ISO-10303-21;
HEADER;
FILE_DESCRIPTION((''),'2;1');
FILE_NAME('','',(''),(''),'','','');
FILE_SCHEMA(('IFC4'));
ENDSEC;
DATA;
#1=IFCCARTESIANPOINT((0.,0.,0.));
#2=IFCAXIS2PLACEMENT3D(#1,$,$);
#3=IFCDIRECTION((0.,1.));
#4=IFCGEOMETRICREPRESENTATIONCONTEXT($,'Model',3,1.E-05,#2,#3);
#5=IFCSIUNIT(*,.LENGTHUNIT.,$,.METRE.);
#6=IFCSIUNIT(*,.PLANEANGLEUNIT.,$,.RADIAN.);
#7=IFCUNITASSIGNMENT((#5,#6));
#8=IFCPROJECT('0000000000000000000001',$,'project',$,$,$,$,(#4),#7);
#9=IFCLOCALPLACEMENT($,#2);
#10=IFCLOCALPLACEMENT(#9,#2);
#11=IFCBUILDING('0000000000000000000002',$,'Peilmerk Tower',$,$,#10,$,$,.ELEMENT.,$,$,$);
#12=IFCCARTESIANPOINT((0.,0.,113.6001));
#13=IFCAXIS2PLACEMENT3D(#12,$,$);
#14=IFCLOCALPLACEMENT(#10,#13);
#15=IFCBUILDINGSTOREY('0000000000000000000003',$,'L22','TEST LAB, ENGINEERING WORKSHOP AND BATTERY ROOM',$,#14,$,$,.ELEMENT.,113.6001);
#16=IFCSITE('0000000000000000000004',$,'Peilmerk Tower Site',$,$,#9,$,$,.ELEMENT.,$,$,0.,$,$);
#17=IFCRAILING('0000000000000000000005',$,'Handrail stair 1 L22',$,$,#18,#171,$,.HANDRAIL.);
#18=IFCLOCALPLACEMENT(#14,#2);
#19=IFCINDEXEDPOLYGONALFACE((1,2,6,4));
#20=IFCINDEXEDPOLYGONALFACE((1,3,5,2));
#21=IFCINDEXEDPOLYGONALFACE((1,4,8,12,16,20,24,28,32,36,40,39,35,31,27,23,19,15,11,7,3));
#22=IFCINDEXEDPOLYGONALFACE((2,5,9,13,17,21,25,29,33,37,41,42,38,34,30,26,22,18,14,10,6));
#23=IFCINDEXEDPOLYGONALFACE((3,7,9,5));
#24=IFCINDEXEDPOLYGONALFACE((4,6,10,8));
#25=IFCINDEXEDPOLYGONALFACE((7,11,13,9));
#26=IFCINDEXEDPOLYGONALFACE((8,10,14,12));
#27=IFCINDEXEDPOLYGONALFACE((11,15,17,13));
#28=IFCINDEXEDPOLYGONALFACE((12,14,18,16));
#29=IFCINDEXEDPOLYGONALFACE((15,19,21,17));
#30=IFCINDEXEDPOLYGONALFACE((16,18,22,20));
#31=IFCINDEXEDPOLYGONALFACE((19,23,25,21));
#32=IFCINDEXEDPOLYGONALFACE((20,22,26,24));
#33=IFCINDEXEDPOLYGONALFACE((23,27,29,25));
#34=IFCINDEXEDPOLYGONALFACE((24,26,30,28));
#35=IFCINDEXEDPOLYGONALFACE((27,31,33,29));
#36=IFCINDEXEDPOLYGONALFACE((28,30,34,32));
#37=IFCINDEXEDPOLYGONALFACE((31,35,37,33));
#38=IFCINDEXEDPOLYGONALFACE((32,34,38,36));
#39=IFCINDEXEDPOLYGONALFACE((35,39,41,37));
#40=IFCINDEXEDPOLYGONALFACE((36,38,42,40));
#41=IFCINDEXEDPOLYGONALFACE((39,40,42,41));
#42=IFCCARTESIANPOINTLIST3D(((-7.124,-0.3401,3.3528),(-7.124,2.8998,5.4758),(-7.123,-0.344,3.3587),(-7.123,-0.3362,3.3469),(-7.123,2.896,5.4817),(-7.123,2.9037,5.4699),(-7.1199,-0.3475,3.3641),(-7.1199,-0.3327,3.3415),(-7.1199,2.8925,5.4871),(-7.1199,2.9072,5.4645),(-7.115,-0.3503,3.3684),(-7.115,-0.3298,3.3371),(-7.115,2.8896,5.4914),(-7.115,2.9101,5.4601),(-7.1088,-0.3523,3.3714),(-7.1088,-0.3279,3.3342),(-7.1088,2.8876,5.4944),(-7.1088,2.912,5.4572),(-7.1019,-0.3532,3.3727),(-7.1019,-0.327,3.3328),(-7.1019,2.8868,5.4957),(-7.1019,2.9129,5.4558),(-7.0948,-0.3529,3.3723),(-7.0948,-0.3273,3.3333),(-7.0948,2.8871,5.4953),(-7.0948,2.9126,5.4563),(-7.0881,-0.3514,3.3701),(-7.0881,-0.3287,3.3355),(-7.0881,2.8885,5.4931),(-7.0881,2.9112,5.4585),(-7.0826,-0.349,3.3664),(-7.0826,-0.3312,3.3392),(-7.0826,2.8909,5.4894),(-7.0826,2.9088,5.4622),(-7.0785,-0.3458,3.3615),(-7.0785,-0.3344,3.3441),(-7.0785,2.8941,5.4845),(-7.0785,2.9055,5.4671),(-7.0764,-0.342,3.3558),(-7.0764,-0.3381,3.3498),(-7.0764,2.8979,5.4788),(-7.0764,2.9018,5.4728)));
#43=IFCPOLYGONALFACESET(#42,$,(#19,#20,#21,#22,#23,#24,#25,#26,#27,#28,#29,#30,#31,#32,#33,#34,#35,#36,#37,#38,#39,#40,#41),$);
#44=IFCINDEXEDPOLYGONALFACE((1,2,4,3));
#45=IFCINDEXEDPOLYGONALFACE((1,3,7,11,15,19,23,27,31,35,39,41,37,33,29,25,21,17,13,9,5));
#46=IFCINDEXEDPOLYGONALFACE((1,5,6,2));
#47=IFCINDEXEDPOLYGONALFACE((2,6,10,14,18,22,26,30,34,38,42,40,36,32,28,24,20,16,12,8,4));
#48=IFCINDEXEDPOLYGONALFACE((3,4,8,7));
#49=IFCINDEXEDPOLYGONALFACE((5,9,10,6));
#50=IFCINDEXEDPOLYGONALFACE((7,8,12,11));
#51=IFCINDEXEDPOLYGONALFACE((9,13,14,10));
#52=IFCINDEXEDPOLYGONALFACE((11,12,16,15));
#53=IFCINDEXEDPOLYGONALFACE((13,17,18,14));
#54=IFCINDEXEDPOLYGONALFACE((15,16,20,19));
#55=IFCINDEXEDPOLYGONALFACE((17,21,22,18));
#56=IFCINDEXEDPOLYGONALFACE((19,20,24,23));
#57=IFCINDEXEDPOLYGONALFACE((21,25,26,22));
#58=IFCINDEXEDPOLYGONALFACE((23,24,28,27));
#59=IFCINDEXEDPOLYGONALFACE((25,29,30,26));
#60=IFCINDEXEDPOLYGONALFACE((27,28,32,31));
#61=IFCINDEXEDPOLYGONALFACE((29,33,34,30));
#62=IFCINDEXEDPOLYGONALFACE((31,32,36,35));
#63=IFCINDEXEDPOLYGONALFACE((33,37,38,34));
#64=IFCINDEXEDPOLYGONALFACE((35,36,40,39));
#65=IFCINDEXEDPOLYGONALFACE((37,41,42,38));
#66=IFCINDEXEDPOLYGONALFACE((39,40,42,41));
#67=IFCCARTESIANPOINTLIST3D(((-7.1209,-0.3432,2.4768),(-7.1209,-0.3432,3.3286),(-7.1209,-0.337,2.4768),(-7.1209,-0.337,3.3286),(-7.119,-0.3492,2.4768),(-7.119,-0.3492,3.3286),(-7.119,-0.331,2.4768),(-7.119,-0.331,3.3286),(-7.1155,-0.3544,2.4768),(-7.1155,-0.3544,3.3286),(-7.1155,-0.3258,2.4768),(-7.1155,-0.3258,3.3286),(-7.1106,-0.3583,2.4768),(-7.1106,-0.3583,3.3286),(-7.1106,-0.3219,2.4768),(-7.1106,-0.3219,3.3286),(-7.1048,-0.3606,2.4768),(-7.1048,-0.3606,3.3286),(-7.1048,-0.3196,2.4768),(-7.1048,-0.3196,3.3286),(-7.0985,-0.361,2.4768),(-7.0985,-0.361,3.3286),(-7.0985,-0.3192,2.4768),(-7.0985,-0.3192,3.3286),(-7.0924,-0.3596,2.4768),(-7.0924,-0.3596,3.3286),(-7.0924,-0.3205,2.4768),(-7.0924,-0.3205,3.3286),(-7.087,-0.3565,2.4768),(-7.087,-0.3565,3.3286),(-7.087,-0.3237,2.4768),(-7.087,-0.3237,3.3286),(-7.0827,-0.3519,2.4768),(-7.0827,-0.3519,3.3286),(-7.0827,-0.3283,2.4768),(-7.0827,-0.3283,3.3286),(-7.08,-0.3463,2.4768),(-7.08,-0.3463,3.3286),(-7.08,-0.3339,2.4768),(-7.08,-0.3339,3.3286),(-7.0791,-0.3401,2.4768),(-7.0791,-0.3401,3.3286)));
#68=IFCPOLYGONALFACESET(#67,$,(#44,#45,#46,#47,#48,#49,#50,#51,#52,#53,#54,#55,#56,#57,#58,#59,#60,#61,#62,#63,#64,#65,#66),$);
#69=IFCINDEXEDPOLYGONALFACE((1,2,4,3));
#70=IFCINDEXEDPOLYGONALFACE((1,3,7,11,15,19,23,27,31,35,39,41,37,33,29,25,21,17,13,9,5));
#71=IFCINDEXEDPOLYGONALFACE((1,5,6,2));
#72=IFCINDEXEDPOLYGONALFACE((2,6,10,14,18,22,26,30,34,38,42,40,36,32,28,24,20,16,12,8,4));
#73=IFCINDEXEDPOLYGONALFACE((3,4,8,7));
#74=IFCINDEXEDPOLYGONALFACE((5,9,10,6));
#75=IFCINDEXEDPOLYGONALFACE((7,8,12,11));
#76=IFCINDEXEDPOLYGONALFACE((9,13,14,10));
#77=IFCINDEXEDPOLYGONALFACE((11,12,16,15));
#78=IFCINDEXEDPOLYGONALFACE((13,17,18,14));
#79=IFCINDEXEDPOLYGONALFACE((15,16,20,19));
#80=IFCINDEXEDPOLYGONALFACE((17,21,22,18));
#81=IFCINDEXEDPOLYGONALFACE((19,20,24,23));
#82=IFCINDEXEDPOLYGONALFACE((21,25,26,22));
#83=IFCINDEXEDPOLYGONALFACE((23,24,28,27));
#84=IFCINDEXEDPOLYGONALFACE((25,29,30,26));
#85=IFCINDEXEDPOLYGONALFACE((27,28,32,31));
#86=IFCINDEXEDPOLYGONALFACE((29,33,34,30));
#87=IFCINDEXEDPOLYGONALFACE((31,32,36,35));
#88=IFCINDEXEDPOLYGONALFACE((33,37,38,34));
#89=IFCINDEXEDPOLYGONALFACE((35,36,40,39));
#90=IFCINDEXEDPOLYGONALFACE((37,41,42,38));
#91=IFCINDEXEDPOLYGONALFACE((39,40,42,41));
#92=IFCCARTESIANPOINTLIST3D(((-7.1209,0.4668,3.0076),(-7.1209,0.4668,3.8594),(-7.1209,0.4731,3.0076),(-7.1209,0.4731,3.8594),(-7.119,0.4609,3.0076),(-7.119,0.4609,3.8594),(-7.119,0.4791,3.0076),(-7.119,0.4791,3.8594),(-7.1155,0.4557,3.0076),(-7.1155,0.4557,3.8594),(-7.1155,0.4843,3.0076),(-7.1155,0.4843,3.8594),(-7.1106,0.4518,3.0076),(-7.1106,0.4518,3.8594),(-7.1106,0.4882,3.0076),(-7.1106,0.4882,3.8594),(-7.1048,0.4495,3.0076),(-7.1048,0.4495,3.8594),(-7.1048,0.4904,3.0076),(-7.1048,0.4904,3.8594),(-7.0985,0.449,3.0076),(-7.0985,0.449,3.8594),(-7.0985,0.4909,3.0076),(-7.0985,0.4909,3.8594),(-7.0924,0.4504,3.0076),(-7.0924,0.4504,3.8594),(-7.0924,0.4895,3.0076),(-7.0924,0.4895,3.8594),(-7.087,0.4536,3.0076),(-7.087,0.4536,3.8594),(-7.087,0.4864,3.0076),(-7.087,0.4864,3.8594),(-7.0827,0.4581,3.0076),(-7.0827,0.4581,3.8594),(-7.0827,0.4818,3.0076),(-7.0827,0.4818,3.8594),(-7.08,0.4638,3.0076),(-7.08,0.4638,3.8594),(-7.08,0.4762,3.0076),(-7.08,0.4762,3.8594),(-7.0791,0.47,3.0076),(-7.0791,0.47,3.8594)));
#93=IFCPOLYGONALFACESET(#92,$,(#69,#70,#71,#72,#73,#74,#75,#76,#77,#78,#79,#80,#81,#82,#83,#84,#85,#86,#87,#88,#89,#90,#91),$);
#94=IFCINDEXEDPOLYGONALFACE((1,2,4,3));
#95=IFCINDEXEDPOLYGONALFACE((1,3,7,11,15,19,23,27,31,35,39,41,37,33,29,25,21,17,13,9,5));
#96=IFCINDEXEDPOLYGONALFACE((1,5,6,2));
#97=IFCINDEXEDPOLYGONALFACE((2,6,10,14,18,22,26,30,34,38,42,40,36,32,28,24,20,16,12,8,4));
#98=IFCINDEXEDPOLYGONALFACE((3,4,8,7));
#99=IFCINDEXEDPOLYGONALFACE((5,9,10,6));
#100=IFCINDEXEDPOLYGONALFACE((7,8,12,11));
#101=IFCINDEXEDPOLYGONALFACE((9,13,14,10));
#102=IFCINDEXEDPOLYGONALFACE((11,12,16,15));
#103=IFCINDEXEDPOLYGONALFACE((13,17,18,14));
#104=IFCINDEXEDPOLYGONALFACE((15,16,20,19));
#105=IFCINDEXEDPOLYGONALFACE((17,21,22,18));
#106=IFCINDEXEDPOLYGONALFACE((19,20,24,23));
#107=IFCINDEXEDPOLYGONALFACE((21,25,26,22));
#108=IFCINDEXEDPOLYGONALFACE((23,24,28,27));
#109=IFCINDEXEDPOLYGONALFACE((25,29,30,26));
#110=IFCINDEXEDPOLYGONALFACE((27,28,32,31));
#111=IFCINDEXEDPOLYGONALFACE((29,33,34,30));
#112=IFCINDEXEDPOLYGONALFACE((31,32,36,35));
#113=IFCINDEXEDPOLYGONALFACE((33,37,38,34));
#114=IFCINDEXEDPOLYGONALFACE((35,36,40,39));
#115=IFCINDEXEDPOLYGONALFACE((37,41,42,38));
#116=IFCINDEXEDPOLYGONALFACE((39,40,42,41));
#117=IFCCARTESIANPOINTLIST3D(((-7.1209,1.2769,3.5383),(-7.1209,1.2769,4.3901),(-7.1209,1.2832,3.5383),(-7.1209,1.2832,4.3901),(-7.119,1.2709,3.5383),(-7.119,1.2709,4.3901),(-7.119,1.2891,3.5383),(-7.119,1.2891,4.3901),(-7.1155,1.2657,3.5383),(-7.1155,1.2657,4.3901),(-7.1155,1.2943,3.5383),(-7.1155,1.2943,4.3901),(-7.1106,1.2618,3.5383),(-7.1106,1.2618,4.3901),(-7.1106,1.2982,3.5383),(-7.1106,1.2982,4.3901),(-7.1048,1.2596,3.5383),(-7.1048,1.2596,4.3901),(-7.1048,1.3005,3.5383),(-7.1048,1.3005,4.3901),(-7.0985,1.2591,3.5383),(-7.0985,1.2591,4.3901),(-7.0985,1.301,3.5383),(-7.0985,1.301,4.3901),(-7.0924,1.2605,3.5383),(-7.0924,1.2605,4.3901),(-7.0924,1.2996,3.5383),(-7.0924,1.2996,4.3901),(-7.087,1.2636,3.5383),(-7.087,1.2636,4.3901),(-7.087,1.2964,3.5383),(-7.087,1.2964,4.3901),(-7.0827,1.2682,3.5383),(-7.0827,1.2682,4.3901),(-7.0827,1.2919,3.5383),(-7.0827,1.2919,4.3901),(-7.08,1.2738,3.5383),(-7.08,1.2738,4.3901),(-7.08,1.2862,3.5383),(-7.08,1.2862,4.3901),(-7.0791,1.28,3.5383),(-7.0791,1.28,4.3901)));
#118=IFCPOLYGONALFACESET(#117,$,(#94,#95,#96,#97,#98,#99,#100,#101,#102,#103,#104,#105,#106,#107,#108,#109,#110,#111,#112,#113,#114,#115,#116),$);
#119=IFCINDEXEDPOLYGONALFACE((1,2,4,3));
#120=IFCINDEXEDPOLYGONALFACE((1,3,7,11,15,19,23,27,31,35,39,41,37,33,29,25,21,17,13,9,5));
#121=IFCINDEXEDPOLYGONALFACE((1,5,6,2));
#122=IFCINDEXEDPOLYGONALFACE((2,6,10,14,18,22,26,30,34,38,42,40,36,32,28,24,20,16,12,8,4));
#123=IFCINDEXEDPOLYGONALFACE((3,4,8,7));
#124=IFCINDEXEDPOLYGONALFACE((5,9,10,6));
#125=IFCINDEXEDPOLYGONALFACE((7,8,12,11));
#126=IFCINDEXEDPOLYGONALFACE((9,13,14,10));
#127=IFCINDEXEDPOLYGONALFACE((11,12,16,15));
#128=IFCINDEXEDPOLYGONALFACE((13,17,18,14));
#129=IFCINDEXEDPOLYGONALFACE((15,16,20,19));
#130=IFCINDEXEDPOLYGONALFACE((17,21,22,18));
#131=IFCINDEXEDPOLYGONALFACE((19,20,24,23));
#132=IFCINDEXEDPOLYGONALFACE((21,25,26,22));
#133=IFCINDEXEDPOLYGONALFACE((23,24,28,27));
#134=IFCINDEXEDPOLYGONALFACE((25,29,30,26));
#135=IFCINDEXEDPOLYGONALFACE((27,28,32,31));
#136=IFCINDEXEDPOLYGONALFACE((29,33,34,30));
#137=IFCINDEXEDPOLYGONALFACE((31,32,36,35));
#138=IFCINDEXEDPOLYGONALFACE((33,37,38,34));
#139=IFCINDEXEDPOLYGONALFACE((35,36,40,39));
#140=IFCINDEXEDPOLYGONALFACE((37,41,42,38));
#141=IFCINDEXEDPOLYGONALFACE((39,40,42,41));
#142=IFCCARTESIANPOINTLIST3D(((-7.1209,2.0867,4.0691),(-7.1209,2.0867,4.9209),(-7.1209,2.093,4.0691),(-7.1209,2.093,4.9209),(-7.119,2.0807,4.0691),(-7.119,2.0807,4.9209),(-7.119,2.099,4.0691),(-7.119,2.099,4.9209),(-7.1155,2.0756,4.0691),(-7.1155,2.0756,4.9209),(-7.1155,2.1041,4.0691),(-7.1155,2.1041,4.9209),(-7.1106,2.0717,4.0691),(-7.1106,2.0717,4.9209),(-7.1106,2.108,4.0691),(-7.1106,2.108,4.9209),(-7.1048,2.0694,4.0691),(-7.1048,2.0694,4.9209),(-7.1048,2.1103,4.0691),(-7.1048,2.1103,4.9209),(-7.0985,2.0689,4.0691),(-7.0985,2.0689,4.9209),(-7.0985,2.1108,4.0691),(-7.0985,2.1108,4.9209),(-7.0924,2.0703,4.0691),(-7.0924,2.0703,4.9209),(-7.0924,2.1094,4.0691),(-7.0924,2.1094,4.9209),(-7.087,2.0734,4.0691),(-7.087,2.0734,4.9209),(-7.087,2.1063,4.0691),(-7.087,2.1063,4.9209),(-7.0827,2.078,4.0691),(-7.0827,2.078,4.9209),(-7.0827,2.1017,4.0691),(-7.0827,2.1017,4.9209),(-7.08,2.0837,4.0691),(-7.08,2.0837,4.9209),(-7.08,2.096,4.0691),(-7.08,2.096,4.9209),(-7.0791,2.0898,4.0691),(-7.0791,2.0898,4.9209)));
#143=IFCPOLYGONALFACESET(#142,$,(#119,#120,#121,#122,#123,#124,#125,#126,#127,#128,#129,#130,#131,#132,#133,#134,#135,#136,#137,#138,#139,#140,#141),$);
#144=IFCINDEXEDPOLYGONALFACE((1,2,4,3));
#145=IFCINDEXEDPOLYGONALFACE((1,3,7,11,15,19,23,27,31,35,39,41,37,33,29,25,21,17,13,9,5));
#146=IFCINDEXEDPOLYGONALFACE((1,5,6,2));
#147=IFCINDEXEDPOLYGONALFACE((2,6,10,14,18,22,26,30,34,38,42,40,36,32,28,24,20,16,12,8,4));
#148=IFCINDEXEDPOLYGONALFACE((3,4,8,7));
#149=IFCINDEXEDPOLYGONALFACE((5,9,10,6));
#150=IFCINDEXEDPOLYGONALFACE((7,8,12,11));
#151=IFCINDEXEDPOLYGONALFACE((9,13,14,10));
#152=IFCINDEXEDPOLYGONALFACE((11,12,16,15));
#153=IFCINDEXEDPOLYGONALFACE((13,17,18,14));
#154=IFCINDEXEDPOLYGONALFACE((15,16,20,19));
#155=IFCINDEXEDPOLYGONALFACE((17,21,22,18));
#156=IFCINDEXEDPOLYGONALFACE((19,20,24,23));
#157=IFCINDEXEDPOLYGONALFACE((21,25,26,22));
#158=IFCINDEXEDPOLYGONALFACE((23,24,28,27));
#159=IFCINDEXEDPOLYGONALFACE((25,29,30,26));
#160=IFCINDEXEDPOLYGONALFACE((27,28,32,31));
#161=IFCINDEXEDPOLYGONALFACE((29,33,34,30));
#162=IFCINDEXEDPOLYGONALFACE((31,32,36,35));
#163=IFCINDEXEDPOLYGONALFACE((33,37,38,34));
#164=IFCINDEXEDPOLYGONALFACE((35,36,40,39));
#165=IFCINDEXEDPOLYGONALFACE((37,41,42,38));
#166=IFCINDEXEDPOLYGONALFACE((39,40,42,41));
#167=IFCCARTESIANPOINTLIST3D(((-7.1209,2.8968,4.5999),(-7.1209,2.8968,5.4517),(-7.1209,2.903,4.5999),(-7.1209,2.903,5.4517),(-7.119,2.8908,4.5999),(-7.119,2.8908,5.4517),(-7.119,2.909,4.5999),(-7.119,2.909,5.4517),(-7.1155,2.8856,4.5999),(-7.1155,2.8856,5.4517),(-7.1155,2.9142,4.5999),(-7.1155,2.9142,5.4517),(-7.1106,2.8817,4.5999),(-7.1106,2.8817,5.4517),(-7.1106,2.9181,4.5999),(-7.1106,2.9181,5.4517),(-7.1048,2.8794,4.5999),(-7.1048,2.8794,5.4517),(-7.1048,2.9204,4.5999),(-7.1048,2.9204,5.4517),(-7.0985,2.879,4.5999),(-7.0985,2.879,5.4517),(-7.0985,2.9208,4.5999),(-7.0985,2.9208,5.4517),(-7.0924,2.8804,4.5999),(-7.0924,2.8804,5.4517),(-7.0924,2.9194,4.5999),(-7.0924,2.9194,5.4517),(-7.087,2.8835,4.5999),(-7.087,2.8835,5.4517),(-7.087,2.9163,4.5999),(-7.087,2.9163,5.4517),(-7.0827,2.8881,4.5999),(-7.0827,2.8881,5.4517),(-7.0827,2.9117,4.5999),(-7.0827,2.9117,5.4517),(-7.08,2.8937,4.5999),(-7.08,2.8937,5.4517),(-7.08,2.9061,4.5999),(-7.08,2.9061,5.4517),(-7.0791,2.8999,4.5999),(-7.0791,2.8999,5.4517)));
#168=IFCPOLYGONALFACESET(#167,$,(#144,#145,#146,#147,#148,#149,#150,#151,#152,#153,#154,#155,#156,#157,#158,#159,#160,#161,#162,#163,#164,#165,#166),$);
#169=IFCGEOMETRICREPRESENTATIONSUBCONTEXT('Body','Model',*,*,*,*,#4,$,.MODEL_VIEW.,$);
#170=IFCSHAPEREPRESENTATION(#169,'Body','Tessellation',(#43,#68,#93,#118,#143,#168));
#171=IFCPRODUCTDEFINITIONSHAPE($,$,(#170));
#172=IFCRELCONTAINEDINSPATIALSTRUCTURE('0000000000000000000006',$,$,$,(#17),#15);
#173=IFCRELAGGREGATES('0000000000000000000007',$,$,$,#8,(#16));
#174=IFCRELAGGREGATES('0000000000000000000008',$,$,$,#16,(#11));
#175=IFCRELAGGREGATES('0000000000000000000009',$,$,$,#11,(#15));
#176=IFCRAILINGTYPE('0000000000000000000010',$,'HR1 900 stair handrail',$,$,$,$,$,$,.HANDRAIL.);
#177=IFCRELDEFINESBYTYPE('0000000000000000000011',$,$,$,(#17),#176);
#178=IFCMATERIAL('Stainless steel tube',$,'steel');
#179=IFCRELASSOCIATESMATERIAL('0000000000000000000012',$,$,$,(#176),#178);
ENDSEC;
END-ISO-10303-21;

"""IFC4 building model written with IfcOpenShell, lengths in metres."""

from ifc_helpers import new_model, si_unit, direction, frame, origin, origin_2d, place, context, subcontext, project, spatial, circle, extrude, material, type_object, element, save


model = new_model("IFC4")

# Units and contexts
model_context = context("Model", 3, precision=1e-05, world=origin(), true_north=direction((0.0, 1.0)))
body_context = subcontext(model_context, "Body", "Model", "MODEL_VIEW")
ifc_project = project(units=[si_unit("LENGTHUNIT", "METRE"), si_unit("PLANEANGLEUNIT", "RADIAN")], contexts=[model_context])

# Site, building, storey
site_placement = place(None, origin())
site = spatial("IfcSite", under=ifc_project, at=site_placement, Name="Peilmerk Tower Site", CompositionType="ELEMENT", RefElevation=0.0)
building_placement = place(site_placement, origin())
building = spatial("IfcBuilding", under=site, at=building_placement, Name="Peilmerk Tower", CompositionType="ELEMENT")
storey_placement = place(building_placement, frame((0.0, 0.0, 113.6001)))
storey = spatial("IfcBuildingStorey", under=building, at=storey_placement, Name="L22", Description="TEST LAB, ENGINEERING WORKSHOP AND BATTERY ROOM", CompositionType="ELEMENT", Elevation=113.6001)

# Railing
ifc_material_1 = material(Name="Stainless steel tube", Category="steel")
railing_type_1 = type_object("IfcRailingType", Name="HR1 900 stair handrail", PredefinedType="HANDRAIL", material=ifc_material_1)
railing_1_placement = place(storey_placement, frame((-7.1001, -0.3401, 2.4768)))
element("IfcRailing", 1, at=railing_1_placement, inside=storey, type_object=railing_type_1, Name="Handrail stair 1 L22", PredefinedType="HANDRAIL", context=body_context, shape_type="SweptSolid", body=[
    extrude(circle(Radius=0.0239, at=origin_2d()), frame((0.0, 0.0, 0.876), z_axis=(0.0, 0.836426, 0.548079), x_axis=(-1.0, 0.0, 0.0)), (0.0, 0.0, 1.0), 3.8735),
    extrude(circle(Radius=0.021, at=origin_2d()), origin(), (0.0, 0.0, 1.0), 0.8518),
    extrude(circle(Radius=0.021, at=origin_2d()), frame((0.0, 0.8101, 0.5308)), (0.0, 0.0, 1.0), 0.8518),
    extrude(circle(Radius=0.021, at=origin_2d()), frame((0.0, 1.6201, 1.0615)), (0.0, 0.0, 1.0), 0.8518),
    extrude(circle(Radius=0.021, at=origin_2d()), frame((0.0, 2.4299, 1.5923)), (0.0, 0.0, 1.0), 0.8518),
    extrude(circle(Radius=0.021, at=origin_2d()), frame((0.0, 3.24, 2.123)), (0.0, 0.0, 1.0), 0.8518),
])

save(model, "model.ifc")
